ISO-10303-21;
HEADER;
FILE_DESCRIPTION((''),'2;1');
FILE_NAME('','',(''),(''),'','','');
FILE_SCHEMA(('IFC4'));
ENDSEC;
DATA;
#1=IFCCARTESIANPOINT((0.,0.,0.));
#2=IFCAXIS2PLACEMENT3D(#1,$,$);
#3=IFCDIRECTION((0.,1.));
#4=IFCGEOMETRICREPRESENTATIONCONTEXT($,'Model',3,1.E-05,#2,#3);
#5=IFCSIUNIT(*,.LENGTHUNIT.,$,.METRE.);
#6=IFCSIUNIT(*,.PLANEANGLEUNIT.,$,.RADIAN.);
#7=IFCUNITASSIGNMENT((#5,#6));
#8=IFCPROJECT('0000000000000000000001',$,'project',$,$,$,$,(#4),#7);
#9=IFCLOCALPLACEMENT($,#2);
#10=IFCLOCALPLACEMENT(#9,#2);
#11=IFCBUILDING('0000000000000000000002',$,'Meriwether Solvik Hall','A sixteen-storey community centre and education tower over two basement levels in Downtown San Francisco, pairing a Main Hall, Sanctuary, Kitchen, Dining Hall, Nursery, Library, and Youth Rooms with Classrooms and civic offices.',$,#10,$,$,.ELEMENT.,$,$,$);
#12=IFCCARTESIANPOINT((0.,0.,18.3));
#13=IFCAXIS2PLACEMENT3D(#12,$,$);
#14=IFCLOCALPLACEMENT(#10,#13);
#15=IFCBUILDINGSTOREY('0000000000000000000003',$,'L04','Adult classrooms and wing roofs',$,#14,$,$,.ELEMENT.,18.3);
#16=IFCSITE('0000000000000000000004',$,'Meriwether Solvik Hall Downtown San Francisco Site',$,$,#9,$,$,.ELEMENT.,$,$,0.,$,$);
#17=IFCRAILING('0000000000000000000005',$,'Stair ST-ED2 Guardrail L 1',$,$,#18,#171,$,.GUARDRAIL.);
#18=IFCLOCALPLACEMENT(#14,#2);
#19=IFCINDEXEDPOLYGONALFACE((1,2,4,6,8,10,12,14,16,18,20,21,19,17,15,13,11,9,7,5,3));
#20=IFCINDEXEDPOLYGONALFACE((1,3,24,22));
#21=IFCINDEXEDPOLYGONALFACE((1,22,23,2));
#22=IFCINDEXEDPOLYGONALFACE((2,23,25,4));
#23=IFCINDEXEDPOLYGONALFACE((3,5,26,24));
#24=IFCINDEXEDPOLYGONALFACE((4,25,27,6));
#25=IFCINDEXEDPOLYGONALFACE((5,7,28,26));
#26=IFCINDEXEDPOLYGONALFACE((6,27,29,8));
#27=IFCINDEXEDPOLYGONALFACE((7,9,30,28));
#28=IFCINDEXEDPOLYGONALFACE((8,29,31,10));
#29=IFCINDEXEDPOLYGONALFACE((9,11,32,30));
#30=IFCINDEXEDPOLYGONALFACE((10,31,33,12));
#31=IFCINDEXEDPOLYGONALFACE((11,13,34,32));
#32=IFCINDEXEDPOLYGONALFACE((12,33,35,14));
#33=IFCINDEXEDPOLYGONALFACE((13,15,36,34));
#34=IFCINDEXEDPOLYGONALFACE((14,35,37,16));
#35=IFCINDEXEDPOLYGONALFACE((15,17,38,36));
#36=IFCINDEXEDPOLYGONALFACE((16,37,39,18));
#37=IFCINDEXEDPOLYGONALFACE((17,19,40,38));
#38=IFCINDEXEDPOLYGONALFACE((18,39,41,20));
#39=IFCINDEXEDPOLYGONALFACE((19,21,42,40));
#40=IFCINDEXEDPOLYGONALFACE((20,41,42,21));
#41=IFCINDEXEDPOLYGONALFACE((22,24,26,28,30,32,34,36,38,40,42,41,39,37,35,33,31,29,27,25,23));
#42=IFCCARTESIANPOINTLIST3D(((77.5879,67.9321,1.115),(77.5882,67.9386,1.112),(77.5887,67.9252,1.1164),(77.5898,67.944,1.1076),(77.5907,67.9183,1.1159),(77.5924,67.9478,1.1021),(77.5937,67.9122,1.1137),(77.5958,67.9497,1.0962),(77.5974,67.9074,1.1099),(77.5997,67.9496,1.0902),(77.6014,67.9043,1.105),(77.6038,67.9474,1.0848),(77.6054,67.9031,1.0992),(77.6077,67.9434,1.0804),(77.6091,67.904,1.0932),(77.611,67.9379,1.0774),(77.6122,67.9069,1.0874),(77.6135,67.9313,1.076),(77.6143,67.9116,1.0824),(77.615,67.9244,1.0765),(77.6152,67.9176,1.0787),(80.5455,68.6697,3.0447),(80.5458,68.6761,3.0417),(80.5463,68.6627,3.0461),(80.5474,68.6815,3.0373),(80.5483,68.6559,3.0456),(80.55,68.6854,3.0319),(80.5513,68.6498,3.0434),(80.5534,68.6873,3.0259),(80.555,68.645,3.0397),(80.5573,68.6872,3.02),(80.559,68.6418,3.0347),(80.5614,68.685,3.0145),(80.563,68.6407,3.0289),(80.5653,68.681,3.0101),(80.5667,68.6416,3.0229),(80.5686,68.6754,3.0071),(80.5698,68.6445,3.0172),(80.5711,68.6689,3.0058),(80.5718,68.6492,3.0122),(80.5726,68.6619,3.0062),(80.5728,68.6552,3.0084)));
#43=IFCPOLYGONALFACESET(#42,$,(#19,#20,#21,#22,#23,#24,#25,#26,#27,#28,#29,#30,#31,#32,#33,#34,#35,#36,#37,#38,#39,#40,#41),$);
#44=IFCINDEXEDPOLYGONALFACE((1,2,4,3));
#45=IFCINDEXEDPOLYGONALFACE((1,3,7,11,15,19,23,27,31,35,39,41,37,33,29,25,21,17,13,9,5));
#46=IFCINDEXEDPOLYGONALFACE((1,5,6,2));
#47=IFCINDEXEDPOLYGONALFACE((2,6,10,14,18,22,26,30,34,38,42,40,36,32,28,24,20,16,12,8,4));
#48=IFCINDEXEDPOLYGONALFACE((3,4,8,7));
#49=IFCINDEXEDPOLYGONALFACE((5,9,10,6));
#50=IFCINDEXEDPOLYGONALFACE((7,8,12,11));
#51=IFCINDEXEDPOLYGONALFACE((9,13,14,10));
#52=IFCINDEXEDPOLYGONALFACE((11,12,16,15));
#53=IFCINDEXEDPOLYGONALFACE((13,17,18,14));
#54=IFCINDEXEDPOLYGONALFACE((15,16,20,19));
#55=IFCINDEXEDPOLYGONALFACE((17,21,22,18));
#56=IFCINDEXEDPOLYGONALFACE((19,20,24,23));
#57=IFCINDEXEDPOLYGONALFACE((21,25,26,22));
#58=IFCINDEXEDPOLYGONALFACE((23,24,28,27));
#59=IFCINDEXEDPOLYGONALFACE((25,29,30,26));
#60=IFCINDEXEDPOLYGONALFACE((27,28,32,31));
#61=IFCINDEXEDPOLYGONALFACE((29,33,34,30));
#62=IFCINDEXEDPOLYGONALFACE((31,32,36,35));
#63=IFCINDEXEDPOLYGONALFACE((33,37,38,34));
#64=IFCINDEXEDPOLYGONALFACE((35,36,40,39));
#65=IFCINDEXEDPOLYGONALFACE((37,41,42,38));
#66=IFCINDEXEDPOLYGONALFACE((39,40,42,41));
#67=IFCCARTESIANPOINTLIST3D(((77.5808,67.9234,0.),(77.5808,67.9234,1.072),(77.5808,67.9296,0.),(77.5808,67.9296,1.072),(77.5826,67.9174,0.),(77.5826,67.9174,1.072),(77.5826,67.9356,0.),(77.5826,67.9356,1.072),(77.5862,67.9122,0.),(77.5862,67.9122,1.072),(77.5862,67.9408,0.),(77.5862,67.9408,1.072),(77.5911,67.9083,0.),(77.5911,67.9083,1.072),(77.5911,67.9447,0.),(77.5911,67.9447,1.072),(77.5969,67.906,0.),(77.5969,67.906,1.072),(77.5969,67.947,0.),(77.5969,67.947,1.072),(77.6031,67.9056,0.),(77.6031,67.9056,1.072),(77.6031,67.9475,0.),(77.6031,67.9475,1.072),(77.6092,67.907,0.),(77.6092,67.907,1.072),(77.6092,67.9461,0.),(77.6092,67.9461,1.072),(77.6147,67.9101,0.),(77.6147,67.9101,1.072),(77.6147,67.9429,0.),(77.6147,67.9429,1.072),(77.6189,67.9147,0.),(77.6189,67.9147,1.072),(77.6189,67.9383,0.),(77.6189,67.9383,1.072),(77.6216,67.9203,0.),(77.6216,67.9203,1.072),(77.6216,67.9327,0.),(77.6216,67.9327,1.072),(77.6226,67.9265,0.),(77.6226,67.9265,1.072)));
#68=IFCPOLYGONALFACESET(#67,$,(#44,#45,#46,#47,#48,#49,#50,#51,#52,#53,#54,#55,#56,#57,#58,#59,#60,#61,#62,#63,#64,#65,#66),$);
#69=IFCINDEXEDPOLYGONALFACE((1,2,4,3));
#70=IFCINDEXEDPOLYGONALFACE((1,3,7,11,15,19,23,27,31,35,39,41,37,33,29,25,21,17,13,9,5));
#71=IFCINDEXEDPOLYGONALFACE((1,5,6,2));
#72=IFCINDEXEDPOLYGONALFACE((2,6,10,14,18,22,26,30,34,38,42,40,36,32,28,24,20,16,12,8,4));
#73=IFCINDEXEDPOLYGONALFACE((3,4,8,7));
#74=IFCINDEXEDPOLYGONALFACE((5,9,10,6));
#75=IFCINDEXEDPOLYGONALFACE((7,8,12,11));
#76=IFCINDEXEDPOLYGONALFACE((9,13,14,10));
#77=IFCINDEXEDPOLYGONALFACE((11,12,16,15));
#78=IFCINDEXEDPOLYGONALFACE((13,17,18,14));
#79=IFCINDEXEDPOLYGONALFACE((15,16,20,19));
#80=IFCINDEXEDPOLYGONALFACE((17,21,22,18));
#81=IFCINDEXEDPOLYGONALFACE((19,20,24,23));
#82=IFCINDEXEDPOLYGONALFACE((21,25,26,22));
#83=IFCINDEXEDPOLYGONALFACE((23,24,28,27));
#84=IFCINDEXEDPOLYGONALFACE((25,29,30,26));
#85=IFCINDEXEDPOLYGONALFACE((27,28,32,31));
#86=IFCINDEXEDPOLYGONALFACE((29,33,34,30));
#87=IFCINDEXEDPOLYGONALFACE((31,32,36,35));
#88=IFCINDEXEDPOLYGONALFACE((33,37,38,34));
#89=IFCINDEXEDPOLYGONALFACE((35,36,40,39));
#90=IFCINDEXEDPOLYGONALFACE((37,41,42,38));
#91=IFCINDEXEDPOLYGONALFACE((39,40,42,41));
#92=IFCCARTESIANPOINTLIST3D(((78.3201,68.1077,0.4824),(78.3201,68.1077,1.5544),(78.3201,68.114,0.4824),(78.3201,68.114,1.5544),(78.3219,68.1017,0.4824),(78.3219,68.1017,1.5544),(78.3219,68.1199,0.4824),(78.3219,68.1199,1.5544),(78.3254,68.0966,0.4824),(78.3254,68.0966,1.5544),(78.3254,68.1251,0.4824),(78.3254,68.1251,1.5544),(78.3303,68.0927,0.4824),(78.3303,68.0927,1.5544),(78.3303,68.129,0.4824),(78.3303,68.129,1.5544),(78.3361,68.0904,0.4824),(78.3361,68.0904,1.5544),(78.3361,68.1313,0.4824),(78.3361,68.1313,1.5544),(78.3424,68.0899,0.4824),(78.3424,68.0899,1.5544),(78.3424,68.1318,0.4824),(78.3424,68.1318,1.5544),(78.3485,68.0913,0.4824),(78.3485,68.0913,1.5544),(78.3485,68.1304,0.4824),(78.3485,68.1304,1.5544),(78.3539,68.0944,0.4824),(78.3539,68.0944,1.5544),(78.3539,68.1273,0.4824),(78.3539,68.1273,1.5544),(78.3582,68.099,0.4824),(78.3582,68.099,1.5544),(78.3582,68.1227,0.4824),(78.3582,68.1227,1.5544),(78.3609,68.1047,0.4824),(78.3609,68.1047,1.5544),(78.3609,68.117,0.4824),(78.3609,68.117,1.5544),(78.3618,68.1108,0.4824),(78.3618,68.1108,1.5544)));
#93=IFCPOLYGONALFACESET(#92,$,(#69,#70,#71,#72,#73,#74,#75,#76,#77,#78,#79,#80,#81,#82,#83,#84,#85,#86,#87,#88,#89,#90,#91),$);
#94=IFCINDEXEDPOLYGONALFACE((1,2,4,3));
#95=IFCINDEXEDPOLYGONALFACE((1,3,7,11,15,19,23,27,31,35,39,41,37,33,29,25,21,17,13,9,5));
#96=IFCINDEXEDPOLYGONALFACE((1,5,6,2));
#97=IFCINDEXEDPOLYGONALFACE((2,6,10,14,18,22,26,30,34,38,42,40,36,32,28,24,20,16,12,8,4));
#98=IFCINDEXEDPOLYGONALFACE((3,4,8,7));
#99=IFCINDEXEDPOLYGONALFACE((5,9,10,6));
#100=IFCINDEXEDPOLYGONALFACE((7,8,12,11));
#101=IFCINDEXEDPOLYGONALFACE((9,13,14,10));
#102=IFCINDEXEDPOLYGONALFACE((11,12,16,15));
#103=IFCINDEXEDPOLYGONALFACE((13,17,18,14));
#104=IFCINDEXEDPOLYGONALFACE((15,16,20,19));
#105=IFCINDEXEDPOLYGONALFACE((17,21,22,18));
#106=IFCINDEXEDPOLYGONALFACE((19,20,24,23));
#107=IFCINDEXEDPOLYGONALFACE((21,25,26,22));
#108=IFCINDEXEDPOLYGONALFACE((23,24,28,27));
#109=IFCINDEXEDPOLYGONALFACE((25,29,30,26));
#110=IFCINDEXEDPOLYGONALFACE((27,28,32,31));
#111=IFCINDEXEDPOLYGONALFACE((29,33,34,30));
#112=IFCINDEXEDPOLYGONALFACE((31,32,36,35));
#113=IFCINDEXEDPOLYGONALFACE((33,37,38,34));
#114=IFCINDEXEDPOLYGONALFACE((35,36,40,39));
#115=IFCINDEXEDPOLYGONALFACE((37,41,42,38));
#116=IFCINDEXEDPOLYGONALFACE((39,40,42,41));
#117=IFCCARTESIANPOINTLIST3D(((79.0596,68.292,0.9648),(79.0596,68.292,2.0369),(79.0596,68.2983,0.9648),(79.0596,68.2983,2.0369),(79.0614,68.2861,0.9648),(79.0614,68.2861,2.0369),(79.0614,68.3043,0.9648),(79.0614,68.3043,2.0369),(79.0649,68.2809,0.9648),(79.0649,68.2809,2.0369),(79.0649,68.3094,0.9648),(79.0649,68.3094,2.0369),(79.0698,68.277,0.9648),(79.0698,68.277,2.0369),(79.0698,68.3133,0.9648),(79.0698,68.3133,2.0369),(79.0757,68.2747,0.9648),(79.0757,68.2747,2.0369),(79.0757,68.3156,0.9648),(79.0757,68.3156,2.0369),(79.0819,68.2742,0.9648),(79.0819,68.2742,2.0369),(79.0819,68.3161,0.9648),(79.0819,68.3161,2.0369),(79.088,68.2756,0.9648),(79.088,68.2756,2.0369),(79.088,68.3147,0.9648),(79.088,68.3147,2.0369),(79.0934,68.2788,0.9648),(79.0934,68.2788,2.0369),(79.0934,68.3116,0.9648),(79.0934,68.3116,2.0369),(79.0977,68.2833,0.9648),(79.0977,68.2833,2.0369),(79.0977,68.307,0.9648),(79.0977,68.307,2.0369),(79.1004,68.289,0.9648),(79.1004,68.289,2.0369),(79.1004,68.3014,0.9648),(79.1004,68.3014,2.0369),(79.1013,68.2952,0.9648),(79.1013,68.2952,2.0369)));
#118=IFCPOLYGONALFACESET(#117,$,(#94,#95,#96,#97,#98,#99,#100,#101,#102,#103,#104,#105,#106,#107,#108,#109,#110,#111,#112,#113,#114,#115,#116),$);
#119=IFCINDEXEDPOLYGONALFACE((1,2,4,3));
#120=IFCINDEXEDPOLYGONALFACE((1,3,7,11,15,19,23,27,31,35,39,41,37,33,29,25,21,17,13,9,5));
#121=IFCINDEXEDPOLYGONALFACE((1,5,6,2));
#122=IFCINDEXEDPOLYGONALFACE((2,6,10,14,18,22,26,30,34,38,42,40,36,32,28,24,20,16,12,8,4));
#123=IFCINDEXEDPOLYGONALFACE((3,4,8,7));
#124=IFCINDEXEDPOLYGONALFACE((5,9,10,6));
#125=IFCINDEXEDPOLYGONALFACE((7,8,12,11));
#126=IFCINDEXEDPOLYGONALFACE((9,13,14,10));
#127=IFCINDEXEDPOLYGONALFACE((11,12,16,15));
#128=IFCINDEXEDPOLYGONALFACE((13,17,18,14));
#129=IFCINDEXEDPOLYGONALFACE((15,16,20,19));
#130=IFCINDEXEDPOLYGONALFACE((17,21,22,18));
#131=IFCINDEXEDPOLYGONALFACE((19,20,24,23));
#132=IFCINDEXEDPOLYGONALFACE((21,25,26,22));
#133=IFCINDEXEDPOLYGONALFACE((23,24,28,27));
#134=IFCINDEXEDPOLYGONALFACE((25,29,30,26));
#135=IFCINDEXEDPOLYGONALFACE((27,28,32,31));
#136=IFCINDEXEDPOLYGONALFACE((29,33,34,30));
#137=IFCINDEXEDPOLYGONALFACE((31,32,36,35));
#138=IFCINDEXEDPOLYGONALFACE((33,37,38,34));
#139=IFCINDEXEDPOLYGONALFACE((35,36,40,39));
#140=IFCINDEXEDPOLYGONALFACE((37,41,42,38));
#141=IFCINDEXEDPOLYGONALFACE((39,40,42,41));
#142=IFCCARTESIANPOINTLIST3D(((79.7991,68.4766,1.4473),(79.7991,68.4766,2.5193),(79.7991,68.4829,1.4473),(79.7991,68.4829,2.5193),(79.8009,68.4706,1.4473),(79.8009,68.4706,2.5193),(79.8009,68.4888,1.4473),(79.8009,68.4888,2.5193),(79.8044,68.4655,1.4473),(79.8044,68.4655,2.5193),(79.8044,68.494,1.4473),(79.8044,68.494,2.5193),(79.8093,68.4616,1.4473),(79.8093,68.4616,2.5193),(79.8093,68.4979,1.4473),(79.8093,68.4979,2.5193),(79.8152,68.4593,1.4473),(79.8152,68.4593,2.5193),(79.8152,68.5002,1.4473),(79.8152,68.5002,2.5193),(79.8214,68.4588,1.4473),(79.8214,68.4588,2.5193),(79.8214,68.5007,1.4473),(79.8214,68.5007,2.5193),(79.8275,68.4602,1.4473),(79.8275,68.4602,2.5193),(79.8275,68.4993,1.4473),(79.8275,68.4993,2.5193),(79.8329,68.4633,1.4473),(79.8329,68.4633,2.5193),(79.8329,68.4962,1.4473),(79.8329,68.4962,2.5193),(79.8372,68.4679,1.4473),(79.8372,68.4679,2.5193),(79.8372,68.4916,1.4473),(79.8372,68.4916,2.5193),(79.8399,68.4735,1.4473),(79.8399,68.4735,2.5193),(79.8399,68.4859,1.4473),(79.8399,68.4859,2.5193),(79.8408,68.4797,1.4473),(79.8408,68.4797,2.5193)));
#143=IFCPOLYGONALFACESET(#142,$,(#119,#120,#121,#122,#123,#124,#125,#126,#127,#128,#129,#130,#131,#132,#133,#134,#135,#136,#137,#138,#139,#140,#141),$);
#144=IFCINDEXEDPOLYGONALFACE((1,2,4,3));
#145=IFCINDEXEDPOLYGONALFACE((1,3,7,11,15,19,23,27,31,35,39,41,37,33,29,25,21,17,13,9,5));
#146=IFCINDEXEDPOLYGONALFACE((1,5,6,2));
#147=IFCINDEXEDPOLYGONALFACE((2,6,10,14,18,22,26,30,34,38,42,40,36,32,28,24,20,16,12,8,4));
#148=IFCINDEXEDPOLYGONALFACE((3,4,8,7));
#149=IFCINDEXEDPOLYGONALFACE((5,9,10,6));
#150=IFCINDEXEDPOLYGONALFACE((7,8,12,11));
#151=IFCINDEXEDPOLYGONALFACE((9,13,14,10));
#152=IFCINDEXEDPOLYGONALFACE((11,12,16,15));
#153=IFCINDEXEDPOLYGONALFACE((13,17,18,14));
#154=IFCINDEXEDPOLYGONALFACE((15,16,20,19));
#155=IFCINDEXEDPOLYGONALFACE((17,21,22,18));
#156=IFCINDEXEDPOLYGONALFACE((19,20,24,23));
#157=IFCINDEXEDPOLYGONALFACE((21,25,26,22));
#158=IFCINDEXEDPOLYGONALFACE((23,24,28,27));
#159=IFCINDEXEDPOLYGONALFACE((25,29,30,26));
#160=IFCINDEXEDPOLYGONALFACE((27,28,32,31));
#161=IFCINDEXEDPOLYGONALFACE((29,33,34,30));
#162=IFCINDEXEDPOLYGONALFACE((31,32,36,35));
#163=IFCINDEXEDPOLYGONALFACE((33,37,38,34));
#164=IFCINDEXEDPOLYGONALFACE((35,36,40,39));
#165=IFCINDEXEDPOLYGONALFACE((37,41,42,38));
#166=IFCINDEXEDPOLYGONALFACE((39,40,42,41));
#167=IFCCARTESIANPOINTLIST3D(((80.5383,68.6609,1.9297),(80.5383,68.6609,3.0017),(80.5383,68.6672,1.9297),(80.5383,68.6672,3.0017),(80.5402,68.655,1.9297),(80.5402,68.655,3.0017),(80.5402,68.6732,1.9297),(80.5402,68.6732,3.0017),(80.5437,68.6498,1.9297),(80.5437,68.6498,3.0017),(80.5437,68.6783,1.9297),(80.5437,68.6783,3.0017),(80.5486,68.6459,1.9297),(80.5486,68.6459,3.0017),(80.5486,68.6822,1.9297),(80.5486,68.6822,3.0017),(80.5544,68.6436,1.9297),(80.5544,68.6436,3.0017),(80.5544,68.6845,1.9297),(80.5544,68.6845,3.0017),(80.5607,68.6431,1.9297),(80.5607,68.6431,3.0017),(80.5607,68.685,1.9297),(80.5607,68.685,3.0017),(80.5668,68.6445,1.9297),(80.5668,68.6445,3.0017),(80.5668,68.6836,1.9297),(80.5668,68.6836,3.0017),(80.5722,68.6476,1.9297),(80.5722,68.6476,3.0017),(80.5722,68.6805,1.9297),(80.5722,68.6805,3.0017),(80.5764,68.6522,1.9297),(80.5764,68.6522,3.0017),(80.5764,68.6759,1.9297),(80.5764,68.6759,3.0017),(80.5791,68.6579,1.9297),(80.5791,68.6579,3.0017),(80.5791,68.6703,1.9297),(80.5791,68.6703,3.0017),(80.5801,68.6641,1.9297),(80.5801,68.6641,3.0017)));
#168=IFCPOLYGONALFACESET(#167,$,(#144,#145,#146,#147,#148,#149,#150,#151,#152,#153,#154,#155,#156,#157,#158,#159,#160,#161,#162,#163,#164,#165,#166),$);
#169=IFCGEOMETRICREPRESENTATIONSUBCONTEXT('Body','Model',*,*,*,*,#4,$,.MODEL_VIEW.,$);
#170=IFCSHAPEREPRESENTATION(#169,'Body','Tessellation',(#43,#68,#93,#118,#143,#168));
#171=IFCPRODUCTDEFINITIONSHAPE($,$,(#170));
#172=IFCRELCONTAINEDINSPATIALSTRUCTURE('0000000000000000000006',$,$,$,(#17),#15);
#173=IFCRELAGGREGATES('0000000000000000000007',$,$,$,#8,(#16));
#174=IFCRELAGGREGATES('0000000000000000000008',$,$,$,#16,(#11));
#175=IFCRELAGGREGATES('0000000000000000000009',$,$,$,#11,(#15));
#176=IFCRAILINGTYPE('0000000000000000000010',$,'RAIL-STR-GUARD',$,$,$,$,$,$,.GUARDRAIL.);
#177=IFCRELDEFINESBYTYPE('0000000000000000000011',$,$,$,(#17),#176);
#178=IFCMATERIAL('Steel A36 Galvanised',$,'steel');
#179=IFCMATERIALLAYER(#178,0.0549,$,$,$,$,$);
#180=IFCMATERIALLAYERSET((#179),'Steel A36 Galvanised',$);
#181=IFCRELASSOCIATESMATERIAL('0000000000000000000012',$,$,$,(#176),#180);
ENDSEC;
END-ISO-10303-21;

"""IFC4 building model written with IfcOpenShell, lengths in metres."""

from ifc_helpers import new_model, si_unit, direction, frame, origin, origin_2d, place, context, subcontext, project, spatial, circle, extrude, material, layer, layer_set, type_object, element, save


model = new_model("IFC4")

# Units and contexts
model_context = context("Model", 3, precision=1e-05, world=origin(), true_north=direction((0.0, 1.0)))
body_context = subcontext(model_context, "Body", "Model", "MODEL_VIEW")
ifc_project = project(units=[si_unit("LENGTHUNIT", "METRE"), si_unit("PLANEANGLEUNIT", "RADIAN")], contexts=[model_context])

# Site, building, storey
site_placement = place(None, origin())
site = spatial("IfcSite", under=ifc_project, at=site_placement, Name="Meriwether Solvik Hall Downtown San Francisco Site", CompositionType="ELEMENT", RefElevation=0.0)
building_placement = place(site_placement, origin())
building = spatial("IfcBuilding", under=site, at=building_placement, Name="Meriwether Solvik Hall", Description="A sixteen-storey community centre and education tower over two basement levels in Downtown San Francisco, pairing a Main Hall, Sanctuary, Kitchen, Dining Hall, Nursery, Library, and Youth Rooms with Classrooms and civic offices.", CompositionType="ELEMENT")
storey_placement = place(building_placement, frame((0.0, 0.0, 18.3)))
storey = spatial("IfcBuildingStorey", under=building, at=storey_placement, Name="L04", Description="Adult classrooms and wing roofs", CompositionType="ELEMENT", Elevation=18.3)

# Railing
ifc_material_1 = material(Name="Steel A36 Galvanised", Category="steel")
ifc_layer_1 = layer(ifc_material_1, 0.0549)
ifc_layer_set_1 = layer_set([ifc_layer_1], Name="Steel A36 Galvanised")
railing_type_1 = type_object("IfcRailingType", Name="RAIL-STR-GUARD", PredefinedType="GUARDRAIL", material=ifc_layer_set_1)
railing_1_placement = place(storey_placement, frame((77.6016, 67.9265, 0.0)))
element("IfcRailing", 1, at=railing_1_placement, inside=storey, type_object=railing_type_1, Name="Stair ST-ED2 Guardrail L 1", PredefinedType="GUARDRAIL", context=body_context, shape_type="SweptSolid", body=[
    extrude(circle(Radius=0.0239, at=origin_2d()), frame((0.0, 0.0, 1.0962), z_axis=(0.819808, 0.204445, 0.534899), x_axis=(-0.24197, 0.970284, 0.0)), (0.0, 0.0, 1.0), 3.6077),
    extrude(circle(Radius=0.021, at=origin_2d()), origin(), (0.0, 0.0, 1.0), 1.072),
    extrude(circle(Radius=0.021, at=origin_2d()), frame((0.7393, 0.1843, 0.4824)), (0.0, 0.0, 1.0), 1.072),
    extrude(circle(Radius=0.021, at=origin_2d()), frame((1.4788, 0.3687, 0.9648)), (0.0, 0.0, 1.0), 1.072),
    extrude(circle(Radius=0.021, at=origin_2d()), frame((2.2183, 0.5532, 1.4473)), (0.0, 0.0, 1.0), 1.072),
    extrude(circle(Radius=0.021, at=origin_2d()), frame((2.9575, 0.7375, 1.9297)), (0.0, 0.0, 1.0), 1.072),
])

save(model, "model.ifc")
